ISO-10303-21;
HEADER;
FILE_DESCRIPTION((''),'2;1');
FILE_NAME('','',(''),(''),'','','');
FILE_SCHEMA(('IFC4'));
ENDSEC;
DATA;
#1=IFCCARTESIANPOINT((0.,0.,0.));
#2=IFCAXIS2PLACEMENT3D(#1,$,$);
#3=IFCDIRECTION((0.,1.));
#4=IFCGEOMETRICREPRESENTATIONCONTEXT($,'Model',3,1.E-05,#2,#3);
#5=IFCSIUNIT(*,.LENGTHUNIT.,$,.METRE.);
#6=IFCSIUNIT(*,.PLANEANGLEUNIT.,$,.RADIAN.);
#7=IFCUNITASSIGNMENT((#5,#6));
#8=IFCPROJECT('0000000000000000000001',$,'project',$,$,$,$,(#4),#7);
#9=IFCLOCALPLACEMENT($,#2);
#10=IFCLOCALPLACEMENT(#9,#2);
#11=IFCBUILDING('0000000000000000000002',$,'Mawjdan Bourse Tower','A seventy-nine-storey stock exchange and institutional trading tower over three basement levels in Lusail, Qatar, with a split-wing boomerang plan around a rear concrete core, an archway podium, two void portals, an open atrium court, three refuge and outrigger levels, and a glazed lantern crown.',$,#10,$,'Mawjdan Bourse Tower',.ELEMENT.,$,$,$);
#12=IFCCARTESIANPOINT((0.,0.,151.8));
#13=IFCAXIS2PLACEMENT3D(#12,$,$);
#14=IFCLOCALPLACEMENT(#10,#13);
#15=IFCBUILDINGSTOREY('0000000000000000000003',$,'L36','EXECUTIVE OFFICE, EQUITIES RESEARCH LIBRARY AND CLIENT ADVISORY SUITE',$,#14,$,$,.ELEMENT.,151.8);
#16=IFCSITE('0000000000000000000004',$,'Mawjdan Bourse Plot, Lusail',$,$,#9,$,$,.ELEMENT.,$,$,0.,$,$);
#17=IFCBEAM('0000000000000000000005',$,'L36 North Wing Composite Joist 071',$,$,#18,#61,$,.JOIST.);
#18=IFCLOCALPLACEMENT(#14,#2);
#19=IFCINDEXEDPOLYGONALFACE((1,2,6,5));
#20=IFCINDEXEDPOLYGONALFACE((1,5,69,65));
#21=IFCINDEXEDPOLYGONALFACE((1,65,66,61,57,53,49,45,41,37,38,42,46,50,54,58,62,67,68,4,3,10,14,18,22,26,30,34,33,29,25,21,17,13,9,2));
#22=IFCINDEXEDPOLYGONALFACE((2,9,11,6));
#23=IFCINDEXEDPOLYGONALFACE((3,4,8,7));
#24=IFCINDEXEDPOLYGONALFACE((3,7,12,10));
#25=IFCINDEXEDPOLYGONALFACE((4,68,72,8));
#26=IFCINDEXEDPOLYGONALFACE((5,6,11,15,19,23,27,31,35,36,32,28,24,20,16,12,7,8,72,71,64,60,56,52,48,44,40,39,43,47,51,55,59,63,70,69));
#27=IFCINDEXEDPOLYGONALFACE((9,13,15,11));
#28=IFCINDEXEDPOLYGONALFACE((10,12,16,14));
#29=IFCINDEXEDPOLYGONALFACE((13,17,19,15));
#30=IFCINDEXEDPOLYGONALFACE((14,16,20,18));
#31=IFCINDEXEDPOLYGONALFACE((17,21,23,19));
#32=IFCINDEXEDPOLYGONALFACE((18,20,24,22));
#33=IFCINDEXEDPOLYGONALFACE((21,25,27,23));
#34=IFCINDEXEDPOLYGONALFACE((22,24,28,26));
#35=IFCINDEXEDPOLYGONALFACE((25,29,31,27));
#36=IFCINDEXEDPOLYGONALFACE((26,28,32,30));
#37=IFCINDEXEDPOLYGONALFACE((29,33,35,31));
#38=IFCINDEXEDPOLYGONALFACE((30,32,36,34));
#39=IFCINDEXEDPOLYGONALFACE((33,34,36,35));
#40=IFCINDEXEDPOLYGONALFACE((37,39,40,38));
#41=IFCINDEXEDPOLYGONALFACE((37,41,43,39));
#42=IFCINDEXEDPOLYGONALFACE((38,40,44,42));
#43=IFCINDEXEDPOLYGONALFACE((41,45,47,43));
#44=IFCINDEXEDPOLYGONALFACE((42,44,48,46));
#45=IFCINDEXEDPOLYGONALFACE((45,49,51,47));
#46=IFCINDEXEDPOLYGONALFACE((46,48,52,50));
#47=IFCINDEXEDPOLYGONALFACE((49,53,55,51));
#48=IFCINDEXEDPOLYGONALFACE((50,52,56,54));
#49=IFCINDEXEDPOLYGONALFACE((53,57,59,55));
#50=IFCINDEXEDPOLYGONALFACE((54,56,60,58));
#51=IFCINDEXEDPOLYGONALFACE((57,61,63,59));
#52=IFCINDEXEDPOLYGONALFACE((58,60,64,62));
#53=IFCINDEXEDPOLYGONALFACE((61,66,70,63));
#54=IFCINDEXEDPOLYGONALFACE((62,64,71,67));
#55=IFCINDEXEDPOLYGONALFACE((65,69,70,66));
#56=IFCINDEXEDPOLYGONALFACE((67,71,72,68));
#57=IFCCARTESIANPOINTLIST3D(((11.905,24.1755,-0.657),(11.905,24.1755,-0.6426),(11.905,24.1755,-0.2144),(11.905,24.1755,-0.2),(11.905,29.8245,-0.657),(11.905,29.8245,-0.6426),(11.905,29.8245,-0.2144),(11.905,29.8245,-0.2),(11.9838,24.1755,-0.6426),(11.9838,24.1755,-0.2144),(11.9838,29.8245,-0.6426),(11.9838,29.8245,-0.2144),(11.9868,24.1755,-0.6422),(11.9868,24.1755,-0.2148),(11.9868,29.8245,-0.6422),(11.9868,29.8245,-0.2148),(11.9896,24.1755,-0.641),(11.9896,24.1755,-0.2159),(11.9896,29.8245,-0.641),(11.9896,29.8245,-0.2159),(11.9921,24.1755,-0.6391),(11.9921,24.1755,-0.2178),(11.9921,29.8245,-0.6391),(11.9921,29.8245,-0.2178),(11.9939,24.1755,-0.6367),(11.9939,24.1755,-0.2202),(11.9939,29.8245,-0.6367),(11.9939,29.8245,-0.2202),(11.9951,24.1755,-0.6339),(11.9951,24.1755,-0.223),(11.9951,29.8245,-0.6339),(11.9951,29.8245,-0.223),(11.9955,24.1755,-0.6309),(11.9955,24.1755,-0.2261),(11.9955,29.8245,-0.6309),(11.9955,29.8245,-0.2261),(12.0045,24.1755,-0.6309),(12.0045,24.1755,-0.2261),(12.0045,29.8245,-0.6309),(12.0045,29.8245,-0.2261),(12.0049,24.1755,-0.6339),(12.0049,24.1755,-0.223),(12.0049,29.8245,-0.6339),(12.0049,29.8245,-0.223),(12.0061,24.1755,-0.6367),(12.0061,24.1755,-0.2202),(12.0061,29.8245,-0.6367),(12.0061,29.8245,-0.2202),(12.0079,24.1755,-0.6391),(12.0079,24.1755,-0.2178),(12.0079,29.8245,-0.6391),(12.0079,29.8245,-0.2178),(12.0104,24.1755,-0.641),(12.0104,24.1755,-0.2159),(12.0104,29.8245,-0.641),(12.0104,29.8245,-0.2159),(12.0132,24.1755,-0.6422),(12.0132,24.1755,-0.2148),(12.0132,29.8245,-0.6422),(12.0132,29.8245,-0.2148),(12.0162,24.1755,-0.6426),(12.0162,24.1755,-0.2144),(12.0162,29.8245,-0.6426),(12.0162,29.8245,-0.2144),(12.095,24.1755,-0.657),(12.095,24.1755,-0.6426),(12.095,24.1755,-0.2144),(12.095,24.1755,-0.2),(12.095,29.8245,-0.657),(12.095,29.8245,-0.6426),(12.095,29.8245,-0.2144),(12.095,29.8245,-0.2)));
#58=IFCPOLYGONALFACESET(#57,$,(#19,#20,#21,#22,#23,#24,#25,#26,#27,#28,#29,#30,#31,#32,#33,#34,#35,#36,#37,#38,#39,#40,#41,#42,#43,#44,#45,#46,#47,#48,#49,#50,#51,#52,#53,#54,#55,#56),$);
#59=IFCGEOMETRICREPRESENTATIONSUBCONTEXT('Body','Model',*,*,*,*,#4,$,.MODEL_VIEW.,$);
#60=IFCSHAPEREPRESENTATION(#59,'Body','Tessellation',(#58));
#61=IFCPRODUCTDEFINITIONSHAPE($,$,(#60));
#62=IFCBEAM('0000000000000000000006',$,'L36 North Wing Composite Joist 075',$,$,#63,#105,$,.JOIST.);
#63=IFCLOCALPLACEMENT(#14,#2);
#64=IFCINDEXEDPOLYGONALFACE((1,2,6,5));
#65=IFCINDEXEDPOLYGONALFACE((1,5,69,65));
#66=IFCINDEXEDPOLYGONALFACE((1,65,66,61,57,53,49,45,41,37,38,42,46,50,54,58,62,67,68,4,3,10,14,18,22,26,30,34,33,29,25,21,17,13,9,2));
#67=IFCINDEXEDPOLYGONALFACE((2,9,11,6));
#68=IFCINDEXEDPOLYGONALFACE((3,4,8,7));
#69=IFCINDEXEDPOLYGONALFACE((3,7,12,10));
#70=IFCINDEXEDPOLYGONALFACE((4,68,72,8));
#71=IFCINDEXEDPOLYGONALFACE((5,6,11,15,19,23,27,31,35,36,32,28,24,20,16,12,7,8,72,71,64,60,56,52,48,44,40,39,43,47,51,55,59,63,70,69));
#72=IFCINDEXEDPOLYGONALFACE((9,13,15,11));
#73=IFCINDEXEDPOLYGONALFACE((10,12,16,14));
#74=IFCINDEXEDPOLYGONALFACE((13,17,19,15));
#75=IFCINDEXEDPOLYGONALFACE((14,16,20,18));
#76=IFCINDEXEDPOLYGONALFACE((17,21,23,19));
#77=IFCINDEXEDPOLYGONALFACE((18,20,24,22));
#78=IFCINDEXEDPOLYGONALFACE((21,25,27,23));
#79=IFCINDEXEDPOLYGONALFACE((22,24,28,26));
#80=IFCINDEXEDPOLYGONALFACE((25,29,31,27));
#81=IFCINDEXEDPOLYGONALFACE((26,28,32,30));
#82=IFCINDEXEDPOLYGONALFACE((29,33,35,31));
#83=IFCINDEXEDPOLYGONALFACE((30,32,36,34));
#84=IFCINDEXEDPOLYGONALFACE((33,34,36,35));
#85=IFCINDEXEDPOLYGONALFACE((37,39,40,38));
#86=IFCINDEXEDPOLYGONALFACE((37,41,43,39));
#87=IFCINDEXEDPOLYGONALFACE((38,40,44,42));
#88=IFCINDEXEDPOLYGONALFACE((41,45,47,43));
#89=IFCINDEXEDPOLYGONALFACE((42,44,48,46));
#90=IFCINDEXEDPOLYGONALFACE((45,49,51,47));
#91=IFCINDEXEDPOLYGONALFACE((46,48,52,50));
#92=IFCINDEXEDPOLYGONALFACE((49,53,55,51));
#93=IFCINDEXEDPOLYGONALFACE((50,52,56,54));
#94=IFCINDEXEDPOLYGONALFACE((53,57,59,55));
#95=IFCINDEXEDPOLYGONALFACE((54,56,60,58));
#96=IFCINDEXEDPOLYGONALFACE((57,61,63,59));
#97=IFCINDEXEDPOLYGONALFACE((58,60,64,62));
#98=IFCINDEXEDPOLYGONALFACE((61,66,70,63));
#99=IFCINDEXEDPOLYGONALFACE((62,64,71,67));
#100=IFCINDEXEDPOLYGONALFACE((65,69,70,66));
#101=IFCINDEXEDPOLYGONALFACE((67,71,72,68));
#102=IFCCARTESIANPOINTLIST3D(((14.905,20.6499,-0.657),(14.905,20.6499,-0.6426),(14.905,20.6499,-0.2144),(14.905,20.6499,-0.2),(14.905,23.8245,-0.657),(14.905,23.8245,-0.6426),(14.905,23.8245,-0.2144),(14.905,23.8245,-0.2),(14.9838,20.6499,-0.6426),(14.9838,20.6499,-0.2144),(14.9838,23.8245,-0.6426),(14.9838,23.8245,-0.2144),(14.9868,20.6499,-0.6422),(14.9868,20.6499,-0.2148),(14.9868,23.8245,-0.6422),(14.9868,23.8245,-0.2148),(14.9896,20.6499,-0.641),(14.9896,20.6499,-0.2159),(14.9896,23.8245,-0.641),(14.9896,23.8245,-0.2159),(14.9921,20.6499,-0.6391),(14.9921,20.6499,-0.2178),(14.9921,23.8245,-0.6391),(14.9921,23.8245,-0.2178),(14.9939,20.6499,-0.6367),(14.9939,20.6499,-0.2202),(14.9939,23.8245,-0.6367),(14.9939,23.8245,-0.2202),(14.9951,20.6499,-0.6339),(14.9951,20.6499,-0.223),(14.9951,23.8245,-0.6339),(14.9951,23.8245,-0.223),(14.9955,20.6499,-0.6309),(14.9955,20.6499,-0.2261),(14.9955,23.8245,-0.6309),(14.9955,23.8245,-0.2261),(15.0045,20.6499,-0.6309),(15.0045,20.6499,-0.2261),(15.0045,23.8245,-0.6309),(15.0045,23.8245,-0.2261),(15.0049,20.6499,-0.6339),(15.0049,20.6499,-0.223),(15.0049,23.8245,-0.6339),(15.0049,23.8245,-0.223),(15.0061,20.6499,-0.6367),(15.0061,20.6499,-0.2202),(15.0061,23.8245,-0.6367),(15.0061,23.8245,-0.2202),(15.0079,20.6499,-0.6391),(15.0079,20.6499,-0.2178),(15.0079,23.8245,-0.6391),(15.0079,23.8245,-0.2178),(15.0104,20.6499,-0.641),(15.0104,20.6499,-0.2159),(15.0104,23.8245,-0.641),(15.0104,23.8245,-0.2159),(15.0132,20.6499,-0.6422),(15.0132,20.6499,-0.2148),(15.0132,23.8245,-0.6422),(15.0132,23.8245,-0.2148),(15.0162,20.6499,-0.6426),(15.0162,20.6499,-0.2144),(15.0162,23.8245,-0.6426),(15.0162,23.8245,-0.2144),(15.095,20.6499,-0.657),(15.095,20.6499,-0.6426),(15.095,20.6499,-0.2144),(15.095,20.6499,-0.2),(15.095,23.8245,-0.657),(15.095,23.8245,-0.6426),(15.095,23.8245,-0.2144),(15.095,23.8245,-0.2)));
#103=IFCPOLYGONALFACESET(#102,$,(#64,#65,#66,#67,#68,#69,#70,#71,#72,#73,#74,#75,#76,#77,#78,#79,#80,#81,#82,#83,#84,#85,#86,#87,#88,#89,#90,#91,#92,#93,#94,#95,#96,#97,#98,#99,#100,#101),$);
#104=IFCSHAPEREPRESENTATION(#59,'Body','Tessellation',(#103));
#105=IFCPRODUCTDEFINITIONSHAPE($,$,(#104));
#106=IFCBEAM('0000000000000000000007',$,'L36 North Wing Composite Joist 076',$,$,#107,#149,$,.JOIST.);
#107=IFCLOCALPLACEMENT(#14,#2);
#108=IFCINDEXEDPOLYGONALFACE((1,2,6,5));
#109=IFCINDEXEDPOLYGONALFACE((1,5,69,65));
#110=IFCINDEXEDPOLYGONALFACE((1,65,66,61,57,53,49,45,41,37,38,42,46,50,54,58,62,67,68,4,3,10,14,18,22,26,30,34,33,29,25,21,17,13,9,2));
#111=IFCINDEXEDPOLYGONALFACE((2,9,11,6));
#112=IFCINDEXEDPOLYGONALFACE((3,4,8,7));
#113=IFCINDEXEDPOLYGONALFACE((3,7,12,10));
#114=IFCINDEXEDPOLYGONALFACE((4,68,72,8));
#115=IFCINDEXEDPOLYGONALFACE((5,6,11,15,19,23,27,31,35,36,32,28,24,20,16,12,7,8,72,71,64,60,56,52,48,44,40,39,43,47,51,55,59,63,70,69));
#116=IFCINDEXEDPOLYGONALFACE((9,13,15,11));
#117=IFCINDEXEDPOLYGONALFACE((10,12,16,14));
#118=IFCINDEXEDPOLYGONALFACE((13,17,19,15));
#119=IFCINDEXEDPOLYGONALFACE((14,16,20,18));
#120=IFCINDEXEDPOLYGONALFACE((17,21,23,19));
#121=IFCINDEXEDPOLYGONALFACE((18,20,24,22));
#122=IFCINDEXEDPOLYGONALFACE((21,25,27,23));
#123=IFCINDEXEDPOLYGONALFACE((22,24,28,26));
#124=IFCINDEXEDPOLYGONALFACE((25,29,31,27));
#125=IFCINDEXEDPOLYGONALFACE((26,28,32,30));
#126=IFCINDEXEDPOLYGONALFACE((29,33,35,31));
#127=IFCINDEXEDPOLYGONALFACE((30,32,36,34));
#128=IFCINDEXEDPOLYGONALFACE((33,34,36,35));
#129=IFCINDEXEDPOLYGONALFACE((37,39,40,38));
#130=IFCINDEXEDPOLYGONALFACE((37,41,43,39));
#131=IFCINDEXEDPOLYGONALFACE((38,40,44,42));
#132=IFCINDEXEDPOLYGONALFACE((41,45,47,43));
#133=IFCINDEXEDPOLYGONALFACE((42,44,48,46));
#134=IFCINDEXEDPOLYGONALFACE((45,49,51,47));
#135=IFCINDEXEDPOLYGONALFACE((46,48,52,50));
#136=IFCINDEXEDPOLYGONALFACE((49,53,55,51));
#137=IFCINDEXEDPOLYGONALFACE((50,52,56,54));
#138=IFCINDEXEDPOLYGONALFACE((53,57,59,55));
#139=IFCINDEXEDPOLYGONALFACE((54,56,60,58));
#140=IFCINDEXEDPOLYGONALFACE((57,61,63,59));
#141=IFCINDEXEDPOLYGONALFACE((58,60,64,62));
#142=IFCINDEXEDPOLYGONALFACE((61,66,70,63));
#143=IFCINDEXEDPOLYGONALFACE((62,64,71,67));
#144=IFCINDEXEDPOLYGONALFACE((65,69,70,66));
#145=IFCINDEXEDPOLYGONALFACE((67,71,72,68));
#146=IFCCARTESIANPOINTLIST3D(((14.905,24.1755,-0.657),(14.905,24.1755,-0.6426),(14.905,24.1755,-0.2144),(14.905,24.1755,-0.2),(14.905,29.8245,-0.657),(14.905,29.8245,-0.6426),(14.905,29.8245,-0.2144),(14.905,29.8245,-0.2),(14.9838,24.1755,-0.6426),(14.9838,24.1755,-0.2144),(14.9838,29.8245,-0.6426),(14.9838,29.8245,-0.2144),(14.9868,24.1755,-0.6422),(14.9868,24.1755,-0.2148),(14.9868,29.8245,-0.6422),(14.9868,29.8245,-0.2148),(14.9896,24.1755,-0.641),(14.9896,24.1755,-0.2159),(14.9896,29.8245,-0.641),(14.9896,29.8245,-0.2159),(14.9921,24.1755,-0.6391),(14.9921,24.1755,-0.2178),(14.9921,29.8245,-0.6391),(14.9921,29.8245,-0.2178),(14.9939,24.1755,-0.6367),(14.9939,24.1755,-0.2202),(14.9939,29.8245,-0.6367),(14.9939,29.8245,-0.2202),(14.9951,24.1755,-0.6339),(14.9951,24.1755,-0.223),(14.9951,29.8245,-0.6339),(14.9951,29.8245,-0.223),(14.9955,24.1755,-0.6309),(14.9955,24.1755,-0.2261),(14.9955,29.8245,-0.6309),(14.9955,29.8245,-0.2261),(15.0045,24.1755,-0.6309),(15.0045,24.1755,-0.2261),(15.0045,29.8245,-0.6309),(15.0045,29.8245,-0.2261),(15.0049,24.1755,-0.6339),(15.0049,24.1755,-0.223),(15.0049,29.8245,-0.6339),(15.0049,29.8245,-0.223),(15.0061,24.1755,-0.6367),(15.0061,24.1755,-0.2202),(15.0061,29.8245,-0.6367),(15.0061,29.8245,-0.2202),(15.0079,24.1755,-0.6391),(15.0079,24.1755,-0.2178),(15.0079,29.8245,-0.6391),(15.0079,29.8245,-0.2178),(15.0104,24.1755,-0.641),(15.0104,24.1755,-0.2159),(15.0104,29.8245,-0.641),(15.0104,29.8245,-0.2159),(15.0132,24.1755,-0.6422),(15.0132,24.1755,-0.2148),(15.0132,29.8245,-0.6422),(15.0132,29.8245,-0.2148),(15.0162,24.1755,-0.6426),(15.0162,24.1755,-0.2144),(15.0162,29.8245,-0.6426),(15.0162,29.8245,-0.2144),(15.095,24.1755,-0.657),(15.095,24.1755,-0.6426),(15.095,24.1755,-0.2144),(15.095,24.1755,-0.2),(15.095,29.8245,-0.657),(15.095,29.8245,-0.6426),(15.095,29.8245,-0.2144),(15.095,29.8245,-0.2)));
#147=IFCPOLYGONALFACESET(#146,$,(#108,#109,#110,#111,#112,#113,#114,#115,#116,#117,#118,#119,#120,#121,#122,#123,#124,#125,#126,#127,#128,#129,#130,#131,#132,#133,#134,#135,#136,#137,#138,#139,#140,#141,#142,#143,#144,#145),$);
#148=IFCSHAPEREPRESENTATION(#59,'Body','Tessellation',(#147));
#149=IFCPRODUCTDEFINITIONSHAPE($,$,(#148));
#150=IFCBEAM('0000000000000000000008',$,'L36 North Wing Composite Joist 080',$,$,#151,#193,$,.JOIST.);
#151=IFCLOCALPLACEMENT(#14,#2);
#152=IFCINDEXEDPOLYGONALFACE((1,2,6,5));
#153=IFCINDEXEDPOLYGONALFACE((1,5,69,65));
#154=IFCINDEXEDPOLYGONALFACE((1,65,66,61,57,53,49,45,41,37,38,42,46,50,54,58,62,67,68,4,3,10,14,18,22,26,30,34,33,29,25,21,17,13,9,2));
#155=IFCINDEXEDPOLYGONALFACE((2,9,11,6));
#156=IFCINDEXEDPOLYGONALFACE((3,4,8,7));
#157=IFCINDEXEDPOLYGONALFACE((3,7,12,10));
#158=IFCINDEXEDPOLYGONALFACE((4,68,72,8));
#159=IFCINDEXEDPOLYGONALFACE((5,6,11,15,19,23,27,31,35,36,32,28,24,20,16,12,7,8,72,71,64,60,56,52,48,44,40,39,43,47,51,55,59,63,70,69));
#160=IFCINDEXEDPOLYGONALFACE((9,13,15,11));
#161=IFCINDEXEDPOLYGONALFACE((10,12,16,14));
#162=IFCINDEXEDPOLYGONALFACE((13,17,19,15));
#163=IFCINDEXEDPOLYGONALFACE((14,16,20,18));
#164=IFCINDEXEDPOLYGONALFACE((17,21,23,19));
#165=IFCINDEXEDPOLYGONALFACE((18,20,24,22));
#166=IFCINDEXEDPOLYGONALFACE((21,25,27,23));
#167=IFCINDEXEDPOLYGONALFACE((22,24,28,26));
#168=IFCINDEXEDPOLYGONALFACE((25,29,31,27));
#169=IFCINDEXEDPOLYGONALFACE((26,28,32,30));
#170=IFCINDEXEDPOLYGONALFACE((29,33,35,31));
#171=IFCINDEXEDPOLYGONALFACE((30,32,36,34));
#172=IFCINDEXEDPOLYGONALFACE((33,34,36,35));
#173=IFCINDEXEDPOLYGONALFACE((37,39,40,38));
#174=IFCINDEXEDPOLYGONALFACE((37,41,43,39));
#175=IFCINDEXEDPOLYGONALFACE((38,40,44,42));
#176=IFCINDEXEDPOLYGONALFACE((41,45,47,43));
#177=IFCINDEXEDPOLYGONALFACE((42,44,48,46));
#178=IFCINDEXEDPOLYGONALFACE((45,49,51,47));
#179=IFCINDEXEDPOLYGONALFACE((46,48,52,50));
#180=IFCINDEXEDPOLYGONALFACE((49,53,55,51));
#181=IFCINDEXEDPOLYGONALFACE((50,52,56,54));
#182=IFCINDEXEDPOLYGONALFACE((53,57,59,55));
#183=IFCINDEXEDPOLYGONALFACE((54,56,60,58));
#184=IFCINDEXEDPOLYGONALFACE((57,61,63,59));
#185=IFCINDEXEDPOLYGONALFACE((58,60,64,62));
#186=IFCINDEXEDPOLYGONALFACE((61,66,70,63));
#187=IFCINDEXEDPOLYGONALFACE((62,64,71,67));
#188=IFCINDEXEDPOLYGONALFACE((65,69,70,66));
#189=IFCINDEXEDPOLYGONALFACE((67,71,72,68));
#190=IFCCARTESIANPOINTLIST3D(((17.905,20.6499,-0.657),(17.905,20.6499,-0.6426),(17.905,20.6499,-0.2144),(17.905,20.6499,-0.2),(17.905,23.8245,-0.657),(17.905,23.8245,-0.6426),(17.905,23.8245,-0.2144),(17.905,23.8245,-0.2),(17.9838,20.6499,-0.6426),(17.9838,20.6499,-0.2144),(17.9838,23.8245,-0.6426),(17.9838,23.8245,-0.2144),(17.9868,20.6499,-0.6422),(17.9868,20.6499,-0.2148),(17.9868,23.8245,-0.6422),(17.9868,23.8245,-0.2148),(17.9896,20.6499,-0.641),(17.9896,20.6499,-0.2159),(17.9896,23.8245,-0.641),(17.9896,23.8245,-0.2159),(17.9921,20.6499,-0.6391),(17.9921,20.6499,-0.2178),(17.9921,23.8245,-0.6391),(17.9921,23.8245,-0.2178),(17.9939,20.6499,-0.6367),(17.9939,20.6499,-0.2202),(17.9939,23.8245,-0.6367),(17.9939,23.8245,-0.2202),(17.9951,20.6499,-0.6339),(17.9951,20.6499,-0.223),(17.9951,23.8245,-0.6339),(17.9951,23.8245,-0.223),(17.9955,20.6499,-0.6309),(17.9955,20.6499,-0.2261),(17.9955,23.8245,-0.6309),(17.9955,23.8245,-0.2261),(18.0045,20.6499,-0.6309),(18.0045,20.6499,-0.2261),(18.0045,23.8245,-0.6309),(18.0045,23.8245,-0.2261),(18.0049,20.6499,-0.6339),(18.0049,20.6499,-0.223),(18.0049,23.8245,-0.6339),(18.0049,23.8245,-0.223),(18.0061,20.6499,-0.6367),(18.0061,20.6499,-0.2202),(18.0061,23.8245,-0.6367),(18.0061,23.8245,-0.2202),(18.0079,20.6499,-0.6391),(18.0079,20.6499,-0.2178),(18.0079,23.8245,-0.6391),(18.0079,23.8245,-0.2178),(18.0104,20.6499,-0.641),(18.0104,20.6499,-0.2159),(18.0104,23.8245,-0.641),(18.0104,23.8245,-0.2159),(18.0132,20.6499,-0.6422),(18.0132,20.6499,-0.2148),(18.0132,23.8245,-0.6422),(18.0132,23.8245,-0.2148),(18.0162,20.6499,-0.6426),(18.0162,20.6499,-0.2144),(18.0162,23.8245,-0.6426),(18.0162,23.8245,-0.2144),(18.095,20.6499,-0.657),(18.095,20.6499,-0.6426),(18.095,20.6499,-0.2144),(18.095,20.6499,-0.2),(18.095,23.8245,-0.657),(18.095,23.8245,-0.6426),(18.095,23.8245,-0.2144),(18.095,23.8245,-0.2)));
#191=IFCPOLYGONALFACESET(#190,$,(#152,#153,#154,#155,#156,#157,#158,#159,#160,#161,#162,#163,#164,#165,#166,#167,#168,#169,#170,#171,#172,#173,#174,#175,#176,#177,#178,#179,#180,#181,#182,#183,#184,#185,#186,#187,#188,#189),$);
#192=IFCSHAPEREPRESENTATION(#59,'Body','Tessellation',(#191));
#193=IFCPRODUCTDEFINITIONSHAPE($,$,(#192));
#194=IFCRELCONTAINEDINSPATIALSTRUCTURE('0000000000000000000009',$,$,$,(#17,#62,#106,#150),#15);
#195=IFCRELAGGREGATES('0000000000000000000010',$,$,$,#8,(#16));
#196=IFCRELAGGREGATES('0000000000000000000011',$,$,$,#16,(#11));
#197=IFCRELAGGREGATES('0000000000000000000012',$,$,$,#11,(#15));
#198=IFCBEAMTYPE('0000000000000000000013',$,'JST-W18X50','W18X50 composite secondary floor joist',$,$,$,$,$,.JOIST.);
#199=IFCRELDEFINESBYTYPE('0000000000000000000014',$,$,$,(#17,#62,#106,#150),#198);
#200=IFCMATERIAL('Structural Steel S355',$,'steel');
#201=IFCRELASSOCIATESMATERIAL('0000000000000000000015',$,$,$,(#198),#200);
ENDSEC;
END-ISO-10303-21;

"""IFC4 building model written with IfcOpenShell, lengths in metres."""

from ifc_helpers import new_model, si_unit, direction, frame, origin, origin_2d, place, context, subcontext, project, spatial, i_section, extrude, material, material_profile, profile_set, type_object, element, save


model = new_model("IFC4")

# Units and contexts
model_context = context("Model", 3, precision=1e-05, world=origin(), true_north=direction((0.0, 1.0)))
body_context = subcontext(model_context, "Body", "Model", "MODEL_VIEW")
ifc_project = project(units=[si_unit("LENGTHUNIT", "METRE"), si_unit("PLANEANGLEUNIT", "RADIAN")], contexts=[model_context])

# Site, building, storey
site_placement = place(None, origin())
site = spatial("IfcSite", under=ifc_project, at=site_placement, Name="Mawjdan Bourse Plot, Lusail", CompositionType="ELEMENT", RefElevation=0.0)
building_placement = place(site_placement, origin())
building = spatial("IfcBuilding", under=site, at=building_placement, Name="Mawjdan Bourse Tower", Description="A seventy-nine-storey stock exchange and institutional trading tower over three basement levels in Lusail, Qatar, with a split-wing boomerang plan around a rear concrete core, an archway podium, two void portals, an open atrium court, three refuge and outrigger levels, and a glazed lantern crown.", LongName="Mawjdan Bourse Tower", CompositionType="ELEMENT")
storey_placement = place(building_placement, frame((0.0, 0.0, 151.8)))
storey = spatial("IfcBuildingStorey", under=building, at=storey_placement, Name="L36", Description="EXECUTIVE OFFICE, EQUITIES RESEARCH LIBRARY AND CLIENT ADVISORY SUITE", CompositionType="ELEMENT", Elevation=151.8)

# Beams
ifc_material_1 = material(Name="Structural Steel S355", Category="steel")
ifc_material_profile_1 = material_profile(ifc_material_1, i_section(OverallWidth=0.1899, OverallDepth=0.457, WebThickness=0.009, FlangeThickness=0.0144, FilletRadius=0.0117, at=origin_2d()), Name="W18X50")
ifc_profile_set_1 = profile_set([ifc_material_profile_1], Name="Structural Steel S355")
beam_type_1 = type_object("IfcBeamType", Name="JST-W18X50", Description="W18X50 composite secondary floor joist", PredefinedType="JOIST", material=ifc_profile_set_1)
beam_1_placement = place(storey_placement, frame((12.0, 24.1755, -0.4285), z_axis=(0.0, 1.0, 0.0), x_axis=(-1.0, 0.0, 0.0)))
element("IfcBeam", 1, at=beam_1_placement, inside=storey, type_object=beam_type_1, Name="L36 North Wing Composite Joist 071", PredefinedType="JOIST", context=body_context, shape_type="SweptSolid", body=[
    extrude(i_section(OverallWidth=0.1899, OverallDepth=0.457, WebThickness=0.009, FlangeThickness=0.0144, FilletRadius=0.0117, at=origin_2d()), origin(), (0.0, 0.0, 1.0), 5.6489),
])
beam_2_placement = place(storey_placement, frame((15.0, 20.6499, -0.4285), z_axis=(0.0, 1.0, 0.0), x_axis=(-1.0, 0.0, 0.0)))
element("IfcBeam", 2, at=beam_2_placement, inside=storey, type_object=beam_type_1, Name="L36 North Wing Composite Joist 075", PredefinedType="JOIST", context=body_context, shape_type="SweptSolid", body=[
    extrude(i_section(OverallWidth=0.1899, OverallDepth=0.457, WebThickness=0.009, FlangeThickness=0.0144, FilletRadius=0.0117, at=origin_2d()), origin(), (0.0, 0.0, 1.0), 3.1746),
])
beam_3_placement = place(storey_placement, frame((15.0, 24.1755, -0.4285), z_axis=(0.0, 1.0, 0.0), x_axis=(-1.0, 0.0, 0.0)))
element("IfcBeam", 3, at=beam_3_placement, inside=storey, type_object=beam_type_1, Name="L36 North Wing Composite Joist 076", PredefinedType="JOIST", context=body_context, shape_type="SweptSolid", body=[
    extrude(i_section(OverallWidth=0.1899, OverallDepth=0.457, WebThickness=0.009, FlangeThickness=0.0144, FilletRadius=0.0117, at=origin_2d()), origin(), (0.0, 0.0, 1.0), 5.6489),
])
beam_4_placement = place(storey_placement, frame((18.0, 20.6499, -0.4285), z_axis=(0.0, 1.0, 0.0), x_axis=(-1.0, 0.0, 0.0)))
element("IfcBeam", 4, at=beam_4_placement, inside=storey, type_object=beam_type_1, Name="L36 North Wing Composite Joist 080", PredefinedType="JOIST", context=body_context, shape_type="SweptSolid", body=[
    extrude(i_section(OverallWidth=0.1899, OverallDepth=0.457, WebThickness=0.009, FlangeThickness=0.0144, FilletRadius=0.0117, at=origin_2d()), origin(), (0.0, 0.0, 1.0), 3.1746),
])

save(model, "model.ifc")
